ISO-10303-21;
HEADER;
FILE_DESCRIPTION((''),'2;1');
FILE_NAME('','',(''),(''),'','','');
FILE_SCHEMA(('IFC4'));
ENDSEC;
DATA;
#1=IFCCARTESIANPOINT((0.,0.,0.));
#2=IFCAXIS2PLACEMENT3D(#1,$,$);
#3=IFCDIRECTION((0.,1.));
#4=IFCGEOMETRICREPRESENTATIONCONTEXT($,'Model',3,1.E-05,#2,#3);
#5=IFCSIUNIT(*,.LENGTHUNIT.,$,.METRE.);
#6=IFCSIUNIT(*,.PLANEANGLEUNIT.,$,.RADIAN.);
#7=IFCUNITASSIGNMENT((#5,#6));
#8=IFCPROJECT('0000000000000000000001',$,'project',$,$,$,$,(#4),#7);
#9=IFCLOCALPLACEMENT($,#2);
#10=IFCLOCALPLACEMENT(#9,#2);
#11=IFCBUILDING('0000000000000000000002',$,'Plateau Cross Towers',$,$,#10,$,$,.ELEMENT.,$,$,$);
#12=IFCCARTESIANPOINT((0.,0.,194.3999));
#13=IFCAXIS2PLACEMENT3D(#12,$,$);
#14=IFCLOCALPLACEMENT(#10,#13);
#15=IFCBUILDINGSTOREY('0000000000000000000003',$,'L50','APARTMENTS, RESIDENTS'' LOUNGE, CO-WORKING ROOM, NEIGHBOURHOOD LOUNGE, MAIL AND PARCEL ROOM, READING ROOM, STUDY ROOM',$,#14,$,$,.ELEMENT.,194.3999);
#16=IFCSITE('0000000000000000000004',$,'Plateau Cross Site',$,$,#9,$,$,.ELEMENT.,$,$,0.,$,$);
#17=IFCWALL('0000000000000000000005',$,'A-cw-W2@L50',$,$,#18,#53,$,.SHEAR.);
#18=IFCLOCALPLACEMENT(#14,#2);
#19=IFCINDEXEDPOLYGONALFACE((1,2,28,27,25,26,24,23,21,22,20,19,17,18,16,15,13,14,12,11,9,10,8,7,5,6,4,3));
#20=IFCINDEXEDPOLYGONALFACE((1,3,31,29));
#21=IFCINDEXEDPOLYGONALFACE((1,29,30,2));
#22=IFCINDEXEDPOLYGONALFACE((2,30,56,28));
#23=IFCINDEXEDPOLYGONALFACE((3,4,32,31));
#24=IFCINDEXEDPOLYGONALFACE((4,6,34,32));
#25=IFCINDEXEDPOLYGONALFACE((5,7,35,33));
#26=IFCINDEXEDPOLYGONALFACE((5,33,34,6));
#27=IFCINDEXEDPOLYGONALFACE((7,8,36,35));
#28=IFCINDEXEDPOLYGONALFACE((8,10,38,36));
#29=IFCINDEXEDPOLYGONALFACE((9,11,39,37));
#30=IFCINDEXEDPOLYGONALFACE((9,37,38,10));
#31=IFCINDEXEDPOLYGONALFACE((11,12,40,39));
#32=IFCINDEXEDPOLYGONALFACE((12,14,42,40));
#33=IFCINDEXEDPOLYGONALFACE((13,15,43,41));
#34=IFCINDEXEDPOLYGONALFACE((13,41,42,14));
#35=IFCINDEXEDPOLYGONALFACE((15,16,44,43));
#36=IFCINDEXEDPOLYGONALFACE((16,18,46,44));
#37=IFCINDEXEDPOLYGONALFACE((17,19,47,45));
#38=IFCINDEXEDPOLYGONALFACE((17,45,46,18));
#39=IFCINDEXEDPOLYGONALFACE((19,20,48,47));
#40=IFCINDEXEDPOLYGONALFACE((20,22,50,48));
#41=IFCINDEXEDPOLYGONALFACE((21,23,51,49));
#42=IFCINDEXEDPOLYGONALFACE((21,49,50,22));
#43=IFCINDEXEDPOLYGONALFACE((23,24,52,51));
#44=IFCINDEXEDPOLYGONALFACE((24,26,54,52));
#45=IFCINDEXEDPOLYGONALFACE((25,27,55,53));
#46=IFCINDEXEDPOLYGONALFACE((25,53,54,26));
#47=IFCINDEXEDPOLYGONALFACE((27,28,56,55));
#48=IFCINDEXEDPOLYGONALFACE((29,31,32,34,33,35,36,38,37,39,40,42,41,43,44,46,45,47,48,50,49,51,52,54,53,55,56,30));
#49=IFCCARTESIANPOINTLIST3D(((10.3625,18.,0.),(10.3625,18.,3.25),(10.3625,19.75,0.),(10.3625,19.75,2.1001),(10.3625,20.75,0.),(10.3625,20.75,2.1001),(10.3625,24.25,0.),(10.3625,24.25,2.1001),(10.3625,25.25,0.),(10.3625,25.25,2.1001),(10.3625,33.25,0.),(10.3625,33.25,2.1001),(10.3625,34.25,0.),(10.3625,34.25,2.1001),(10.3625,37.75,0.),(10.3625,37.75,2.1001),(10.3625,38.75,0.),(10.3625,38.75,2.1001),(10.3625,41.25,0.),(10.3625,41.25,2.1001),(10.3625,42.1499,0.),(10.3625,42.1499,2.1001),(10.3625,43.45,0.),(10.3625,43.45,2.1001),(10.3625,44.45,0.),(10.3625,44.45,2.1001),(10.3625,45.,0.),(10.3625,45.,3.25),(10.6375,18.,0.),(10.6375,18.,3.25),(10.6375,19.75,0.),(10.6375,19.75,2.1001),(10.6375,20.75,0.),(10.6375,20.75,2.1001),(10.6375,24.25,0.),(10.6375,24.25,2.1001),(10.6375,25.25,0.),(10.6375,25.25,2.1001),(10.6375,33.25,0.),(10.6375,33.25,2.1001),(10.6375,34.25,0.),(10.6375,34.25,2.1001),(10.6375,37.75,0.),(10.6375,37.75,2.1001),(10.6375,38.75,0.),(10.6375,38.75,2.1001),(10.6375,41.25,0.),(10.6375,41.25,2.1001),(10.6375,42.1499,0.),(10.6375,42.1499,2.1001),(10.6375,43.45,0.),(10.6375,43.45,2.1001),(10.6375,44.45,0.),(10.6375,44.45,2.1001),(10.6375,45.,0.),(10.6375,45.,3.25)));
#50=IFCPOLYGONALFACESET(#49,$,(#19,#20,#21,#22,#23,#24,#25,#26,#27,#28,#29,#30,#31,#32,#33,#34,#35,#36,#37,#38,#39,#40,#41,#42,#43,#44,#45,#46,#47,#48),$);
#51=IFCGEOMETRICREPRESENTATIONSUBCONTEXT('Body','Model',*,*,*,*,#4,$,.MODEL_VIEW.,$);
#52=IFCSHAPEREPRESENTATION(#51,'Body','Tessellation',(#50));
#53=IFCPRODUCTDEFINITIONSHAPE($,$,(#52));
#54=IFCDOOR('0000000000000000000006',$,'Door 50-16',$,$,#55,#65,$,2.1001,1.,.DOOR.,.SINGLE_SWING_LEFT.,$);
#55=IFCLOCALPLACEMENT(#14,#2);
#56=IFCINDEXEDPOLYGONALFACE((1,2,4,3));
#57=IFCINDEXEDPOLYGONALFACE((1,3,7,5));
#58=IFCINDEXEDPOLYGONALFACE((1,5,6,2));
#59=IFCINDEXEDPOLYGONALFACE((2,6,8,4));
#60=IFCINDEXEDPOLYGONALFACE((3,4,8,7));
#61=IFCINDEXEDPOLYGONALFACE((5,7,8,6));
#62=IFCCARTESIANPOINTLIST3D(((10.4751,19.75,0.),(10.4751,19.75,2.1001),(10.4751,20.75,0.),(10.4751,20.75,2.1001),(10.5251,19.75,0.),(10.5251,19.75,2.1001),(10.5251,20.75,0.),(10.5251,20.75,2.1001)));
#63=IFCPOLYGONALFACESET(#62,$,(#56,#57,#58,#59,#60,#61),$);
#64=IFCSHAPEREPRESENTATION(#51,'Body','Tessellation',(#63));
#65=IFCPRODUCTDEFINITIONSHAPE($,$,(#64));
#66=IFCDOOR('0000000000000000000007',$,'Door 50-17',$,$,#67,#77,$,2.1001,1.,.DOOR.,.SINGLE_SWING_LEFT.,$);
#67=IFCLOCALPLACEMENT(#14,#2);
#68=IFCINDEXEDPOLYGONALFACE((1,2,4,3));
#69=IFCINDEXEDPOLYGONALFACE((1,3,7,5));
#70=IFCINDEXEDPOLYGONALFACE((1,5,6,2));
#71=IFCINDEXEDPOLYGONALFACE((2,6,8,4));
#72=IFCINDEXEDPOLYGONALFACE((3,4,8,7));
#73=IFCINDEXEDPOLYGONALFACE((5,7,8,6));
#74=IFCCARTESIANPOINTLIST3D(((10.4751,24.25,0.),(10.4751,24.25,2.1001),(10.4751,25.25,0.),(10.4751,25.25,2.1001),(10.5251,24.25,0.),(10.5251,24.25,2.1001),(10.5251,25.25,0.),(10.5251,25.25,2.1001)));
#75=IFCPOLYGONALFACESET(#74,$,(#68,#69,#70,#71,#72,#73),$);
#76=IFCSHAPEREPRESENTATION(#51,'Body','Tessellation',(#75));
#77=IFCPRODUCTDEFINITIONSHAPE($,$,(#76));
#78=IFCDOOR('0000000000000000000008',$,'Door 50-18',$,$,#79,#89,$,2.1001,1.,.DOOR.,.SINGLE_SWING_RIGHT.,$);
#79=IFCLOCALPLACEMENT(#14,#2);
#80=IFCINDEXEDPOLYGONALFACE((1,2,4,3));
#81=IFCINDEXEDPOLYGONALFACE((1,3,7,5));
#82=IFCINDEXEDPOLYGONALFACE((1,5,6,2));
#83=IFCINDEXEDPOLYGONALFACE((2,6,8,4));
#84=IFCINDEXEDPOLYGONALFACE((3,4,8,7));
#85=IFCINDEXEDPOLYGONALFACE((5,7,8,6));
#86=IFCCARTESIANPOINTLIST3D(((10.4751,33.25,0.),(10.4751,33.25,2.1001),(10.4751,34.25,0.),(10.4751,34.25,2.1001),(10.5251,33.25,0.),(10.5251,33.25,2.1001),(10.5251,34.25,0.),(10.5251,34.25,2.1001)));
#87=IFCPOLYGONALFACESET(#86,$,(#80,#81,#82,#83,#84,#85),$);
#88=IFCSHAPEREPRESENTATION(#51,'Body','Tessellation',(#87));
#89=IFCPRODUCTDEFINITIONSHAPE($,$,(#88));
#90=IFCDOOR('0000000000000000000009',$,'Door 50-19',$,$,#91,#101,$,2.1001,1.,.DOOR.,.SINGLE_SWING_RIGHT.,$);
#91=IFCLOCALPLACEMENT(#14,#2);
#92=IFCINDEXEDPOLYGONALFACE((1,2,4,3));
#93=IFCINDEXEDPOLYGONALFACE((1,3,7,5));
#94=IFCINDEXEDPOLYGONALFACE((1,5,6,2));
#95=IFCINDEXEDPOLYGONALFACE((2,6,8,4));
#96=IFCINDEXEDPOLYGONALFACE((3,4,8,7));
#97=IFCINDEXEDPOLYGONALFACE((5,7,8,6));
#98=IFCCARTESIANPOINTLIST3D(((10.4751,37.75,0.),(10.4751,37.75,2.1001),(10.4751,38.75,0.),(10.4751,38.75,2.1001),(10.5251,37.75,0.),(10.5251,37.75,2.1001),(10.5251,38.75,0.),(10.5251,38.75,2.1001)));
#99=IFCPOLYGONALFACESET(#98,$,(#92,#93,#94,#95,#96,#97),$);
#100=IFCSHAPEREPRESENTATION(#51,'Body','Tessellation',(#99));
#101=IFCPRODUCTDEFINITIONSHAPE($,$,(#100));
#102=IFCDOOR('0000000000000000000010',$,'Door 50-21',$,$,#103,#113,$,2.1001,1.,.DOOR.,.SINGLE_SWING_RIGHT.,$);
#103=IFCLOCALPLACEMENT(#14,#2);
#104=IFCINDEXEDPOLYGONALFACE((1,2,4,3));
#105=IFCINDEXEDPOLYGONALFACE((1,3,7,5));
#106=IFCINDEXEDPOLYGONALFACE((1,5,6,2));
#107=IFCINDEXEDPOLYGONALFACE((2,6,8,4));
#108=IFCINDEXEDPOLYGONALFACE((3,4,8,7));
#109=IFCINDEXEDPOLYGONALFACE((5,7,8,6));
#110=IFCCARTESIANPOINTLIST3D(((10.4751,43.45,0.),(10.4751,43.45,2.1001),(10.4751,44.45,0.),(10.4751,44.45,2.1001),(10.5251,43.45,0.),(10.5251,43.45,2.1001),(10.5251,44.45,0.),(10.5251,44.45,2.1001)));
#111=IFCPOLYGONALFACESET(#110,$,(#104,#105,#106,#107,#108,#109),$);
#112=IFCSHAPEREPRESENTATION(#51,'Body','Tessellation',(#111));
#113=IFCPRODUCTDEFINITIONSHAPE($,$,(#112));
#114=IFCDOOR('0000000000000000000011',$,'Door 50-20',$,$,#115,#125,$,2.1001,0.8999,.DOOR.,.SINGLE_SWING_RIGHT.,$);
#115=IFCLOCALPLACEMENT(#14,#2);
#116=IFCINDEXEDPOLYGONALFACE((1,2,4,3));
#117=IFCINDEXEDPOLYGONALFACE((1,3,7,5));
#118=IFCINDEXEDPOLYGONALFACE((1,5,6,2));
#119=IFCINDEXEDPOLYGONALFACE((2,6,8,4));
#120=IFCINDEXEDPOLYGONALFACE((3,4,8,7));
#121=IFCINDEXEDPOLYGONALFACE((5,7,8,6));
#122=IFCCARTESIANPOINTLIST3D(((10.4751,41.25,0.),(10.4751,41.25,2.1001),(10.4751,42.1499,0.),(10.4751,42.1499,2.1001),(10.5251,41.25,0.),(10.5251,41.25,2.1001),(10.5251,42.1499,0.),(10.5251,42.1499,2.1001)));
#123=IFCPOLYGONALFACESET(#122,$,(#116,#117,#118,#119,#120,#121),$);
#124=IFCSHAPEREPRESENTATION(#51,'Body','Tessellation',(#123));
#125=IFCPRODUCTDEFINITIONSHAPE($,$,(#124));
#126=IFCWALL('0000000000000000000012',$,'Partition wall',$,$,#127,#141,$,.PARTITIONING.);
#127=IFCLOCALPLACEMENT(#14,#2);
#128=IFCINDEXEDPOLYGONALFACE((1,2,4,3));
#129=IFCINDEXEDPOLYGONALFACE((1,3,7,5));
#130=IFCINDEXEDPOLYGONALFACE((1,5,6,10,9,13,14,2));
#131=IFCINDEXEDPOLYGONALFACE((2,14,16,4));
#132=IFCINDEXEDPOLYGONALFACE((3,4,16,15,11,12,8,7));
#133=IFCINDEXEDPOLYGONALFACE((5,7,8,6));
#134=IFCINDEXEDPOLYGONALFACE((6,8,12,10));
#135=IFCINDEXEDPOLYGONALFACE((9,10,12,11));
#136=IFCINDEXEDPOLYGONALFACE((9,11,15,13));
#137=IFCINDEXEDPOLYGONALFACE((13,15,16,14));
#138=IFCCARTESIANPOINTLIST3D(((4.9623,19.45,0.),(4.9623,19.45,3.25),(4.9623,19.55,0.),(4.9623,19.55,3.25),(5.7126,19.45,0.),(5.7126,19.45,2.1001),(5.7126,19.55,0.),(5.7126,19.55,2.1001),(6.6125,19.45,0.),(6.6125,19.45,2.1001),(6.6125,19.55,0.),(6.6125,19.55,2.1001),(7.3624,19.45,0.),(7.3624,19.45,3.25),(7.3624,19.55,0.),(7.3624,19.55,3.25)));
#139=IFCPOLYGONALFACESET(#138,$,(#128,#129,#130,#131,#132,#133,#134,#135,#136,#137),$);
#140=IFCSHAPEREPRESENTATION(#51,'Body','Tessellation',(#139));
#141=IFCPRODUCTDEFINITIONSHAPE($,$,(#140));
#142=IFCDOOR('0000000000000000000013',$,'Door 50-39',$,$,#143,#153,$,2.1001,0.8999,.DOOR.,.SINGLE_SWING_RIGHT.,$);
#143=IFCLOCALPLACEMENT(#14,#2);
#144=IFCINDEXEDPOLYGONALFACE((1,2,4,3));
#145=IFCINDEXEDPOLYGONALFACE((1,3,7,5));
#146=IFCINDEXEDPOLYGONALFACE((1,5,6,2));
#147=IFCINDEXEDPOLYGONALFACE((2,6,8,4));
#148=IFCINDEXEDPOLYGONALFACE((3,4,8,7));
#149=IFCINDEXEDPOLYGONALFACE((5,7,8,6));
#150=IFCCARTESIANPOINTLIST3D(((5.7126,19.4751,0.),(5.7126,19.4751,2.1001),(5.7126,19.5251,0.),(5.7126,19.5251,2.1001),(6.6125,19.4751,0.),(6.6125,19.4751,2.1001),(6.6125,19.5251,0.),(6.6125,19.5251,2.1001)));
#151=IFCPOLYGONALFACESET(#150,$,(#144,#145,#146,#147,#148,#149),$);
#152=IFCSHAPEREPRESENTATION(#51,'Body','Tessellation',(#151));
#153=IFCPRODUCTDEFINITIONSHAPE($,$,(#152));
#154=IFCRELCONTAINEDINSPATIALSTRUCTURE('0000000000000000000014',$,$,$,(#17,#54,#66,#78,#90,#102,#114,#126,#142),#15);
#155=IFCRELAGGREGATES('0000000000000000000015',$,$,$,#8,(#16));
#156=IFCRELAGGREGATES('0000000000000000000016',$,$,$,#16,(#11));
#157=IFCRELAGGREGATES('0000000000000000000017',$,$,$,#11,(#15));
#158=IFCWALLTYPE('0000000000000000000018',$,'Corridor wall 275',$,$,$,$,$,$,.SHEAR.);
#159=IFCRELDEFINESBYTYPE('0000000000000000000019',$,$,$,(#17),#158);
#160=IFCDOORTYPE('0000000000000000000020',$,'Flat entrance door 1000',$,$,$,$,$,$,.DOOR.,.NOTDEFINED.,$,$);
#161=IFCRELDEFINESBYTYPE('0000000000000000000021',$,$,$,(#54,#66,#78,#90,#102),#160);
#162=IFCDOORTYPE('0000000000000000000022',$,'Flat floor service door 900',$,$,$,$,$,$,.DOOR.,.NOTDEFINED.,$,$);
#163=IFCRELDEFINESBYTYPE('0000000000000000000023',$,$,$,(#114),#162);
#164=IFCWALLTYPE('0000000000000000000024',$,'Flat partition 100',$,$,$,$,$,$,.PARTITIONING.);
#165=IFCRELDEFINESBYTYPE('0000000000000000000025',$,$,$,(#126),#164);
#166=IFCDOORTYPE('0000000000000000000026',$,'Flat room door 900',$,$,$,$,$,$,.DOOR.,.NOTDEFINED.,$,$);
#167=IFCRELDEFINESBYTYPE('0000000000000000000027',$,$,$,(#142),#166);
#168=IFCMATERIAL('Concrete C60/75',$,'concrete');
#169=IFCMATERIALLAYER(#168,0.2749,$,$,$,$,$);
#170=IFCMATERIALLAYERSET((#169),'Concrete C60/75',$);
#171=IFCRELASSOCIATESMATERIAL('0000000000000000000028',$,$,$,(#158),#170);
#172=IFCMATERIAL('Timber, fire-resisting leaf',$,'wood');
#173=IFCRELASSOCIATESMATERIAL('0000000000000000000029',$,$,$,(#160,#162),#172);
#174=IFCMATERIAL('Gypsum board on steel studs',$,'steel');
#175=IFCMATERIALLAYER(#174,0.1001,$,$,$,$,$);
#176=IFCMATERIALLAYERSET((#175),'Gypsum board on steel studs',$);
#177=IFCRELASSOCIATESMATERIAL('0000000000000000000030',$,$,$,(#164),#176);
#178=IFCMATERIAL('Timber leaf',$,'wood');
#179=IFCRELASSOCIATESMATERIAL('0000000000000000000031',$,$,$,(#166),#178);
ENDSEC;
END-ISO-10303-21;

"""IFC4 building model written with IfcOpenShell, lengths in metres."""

from ifc_helpers import new_model, si_unit, direction, frame, frame_2d, origin, place, context, subcontext, project, spatial, rectangle, extrude, material, layer, layer_set, type_object, element, fill, save


model = new_model("IFC4")

# Units and contexts
model_context = context("Model", 3, precision=1e-05, world=origin(), true_north=direction((0.0, 1.0)))
body_context = subcontext(model_context, "Body", "Model", "MODEL_VIEW")
ifc_project = project(units=[si_unit("LENGTHUNIT", "METRE"), si_unit("PLANEANGLEUNIT", "RADIAN")], contexts=[model_context])

# Site, building, storey
site_placement = place(None, origin())
site = spatial("IfcSite", under=ifc_project, at=site_placement, Name="Plateau Cross Site", CompositionType="ELEMENT", RefElevation=0.0)
building_placement = place(site_placement, origin())
building = spatial("IfcBuilding", under=site, at=building_placement, Name="Plateau Cross Towers", CompositionType="ELEMENT")
storey_placement = place(building_placement, frame((0.0, 0.0, 194.3999)))
storey = spatial("IfcBuildingStorey", under=building, at=storey_placement, Name="L50", Description="APARTMENTS, RESIDENTS' LOUNGE, CO-WORKING ROOM, NEIGHBOURHOOD LOUNGE, MAIL AND PARCEL ROOM, READING ROOM, STUDY ROOM", CompositionType="ELEMENT", Elevation=194.3999)

# Wall, openings, doors
ifc_material_1 = material(Name="Concrete C60/75", Category="concrete")
ifc_layer_1 = layer(ifc_material_1, 0.2749)
ifc_layer_set_1 = layer_set([ifc_layer_1], Name="Concrete C60/75")
wall_type_1 = type_object("IfcWallType", Name="Corridor wall 275", PredefinedType="SHEAR", material=ifc_layer_set_1)
ifc_material_2 = material(Name="Timber, fire-resisting leaf", Category="wood")
door_type_1 = type_object("IfcDoorType", Name="Flat entrance door 1000", OperationType="NOTDEFINED", PredefinedType="DOOR", material=ifc_material_2)
wall_1_placement = place(storey_placement, frame((10.5, 18.0, 0.0), z_axis=(0.0, 0.0, 1.0), x_axis=(0.0, 1.0, 0.0)))
wall_1 = element("IfcWall", 1, at=wall_1_placement, inside=storey, type_object=wall_type_1, Name="A-cw-W2@L50", PredefinedType="SHEAR", context=body_context, shape_type="SweptSolid", body=[
    extrude(rectangle(XDim=27.0, YDim=0.2749, at=frame_2d((13.5, 0.0))), origin(), (0.0, 0.0, 1.0), 3.25),
])
opening_1_placement = place(wall_1_placement, frame((1.75, 0.0, 0.0)))
opening_1 = element("IfcOpeningElement", 2, at=opening_1_placement, cuts=wall_1, PredefinedType="OPENING", context=body_context, shape_type="SweptSolid", body=[
    extrude(rectangle(XDim=1.0, YDim=2.1001, at=frame_2d((0.5, 1.05))), frame((0.0, 0.1475, 0.0), z_axis=(0.0, -1.0, 0.0), x_axis=(1.0, 0.0, 0.0)), (0.0, 0.0, 1.0), 0.2949),
])
opening_2_placement = place(wall_1_placement, frame((6.25, 0.0, 0.0)))
opening_2 = element("IfcOpeningElement", 3, at=opening_2_placement, cuts=wall_1, PredefinedType="OPENING", context=body_context, shape_type="SweptSolid", body=[
    extrude(rectangle(XDim=1.0, YDim=2.1001, at=frame_2d((0.5, 1.05))), frame((0.0, 0.1475, 0.0), z_axis=(0.0, -1.0, 0.0), x_axis=(1.0, 0.0, 0.0)), (0.0, 0.0, 1.0), 0.2949),
])
opening_3_placement = place(wall_1_placement, frame((15.25, 0.0, 0.0)))
opening_3 = element("IfcOpeningElement", 4, at=opening_3_placement, cuts=wall_1, PredefinedType="OPENING", context=body_context, shape_type="SweptSolid", body=[
    extrude(rectangle(XDim=1.0, YDim=2.1001, at=frame_2d((0.5, 1.05))), frame((0.0, 0.1475, 0.0), z_axis=(0.0, -1.0, 0.0), x_axis=(1.0, 0.0, 0.0)), (0.0, 0.0, 1.0), 0.2949),
])
opening_4_placement = place(wall_1_placement, frame((19.75, 0.0, 0.0)))
opening_4 = element("IfcOpeningElement", 5, at=opening_4_placement, cuts=wall_1, PredefinedType="OPENING", context=body_context, shape_type="SweptSolid", body=[
    extrude(rectangle(XDim=1.0, YDim=2.1001, at=frame_2d((0.5, 1.05))), frame((0.0, 0.1475, 0.0), z_axis=(0.0, -1.0, 0.0), x_axis=(1.0, 0.0, 0.0)), (0.0, 0.0, 1.0), 0.2949),
])
opening_5_placement = place(wall_1_placement, frame((23.25, 0.0, 0.0)))
opening_5 = element("IfcOpeningElement", 6, at=opening_5_placement, cuts=wall_1, PredefinedType="OPENING", context=body_context, shape_type="SweptSolid", body=[
    extrude(rectangle(XDim=0.8999, YDim=2.1001, at=frame_2d((0.45, 1.05))), frame((0.0, 0.1475, 0.0), z_axis=(0.0, -1.0, 0.0), x_axis=(1.0, 0.0, 0.0)), (0.0, 0.0, 1.0), 0.2949),
])
opening_6_placement = place(wall_1_placement, frame((25.45, 0.0, 0.0)))
opening_6 = element("IfcOpeningElement", 7, at=opening_6_placement, cuts=wall_1, PredefinedType="OPENING", context=body_context, shape_type="SweptSolid", body=[
    extrude(rectangle(XDim=1.0, YDim=2.1001, at=frame_2d((0.5, 1.05))), frame((0.0, 0.1475, 0.0), z_axis=(0.0, -1.0, 0.0), x_axis=(1.0, 0.0, 0.0)), (0.0, 0.0, 1.0), 0.2949),
])
door_1_placement = place(opening_1_placement, origin())
door_1 = element("IfcDoor", 8, at=door_1_placement, inside=storey, type_object=door_type_1, Name="Door 50-16", OperationType="SINGLE_SWING_LEFT", OverallHeight=2.1001, OverallWidth=1.0, PredefinedType="DOOR", context=body_context, shape_type="SweptSolid", body=[
    extrude(rectangle(XDim=1.0, YDim=2.1001, at=frame_2d((0.5, 1.05))), frame((0.0, 0.0249, 0.0), z_axis=(0.0, -1.0, 0.0), x_axis=(1.0, 0.0, 0.0)), (0.0, 0.0, 1.0), 0.05),
])
fill(opening_1, door_1)
door_2_placement = place(opening_2_placement, origin())
door_2 = element("IfcDoor", 9, at=door_2_placement, inside=storey, type_object=door_type_1, Name="Door 50-17", OperationType="SINGLE_SWING_LEFT", OverallHeight=2.1001, OverallWidth=1.0, PredefinedType="DOOR", context=body_context, shape_type="SweptSolid", body=[
    extrude(rectangle(XDim=1.0, YDim=2.1001, at=frame_2d((0.5, 1.05))), frame((0.0, 0.0249, 0.0), z_axis=(0.0, -1.0, 0.0), x_axis=(1.0, 0.0, 0.0)), (0.0, 0.0, 1.0), 0.05),
])
fill(opening_2, door_2)
door_3_placement = place(opening_3_placement, origin())
door_3 = element("IfcDoor", 10, at=door_3_placement, inside=storey, type_object=door_type_1, Name="Door 50-18", OperationType="SINGLE_SWING_RIGHT", OverallHeight=2.1001, OverallWidth=1.0, PredefinedType="DOOR", context=body_context, shape_type="SweptSolid", body=[
    extrude(rectangle(XDim=1.0, YDim=2.1001, at=frame_2d((0.5, 1.05))), frame((0.0, 0.0249, 0.0), z_axis=(0.0, -1.0, 0.0), x_axis=(1.0, 0.0, 0.0)), (0.0, 0.0, 1.0), 0.05),
])
fill(opening_3, door_3)
door_4_placement = place(opening_4_placement, origin())
door_4 = element("IfcDoor", 11, at=door_4_placement, inside=storey, type_object=door_type_1, Name="Door 50-19", OperationType="SINGLE_SWING_RIGHT", OverallHeight=2.1001, OverallWidth=1.0, PredefinedType="DOOR", context=body_context, shape_type="SweptSolid", body=[
    extrude(rectangle(XDim=1.0, YDim=2.1001, at=frame_2d((0.5, 1.05))), frame((0.0, 0.0249, 0.0), z_axis=(0.0, -1.0, 0.0), x_axis=(1.0, 0.0, 0.0)), (0.0, 0.0, 1.0), 0.05),
])
fill(opening_4, door_4)
door_5_placement = place(opening_6_placement, origin())
door_5 = element("IfcDoor", 12, at=door_5_placement, inside=storey, type_object=door_type_1, Name="Door 50-21", OperationType="SINGLE_SWING_RIGHT", OverallHeight=2.1001, OverallWidth=1.0, PredefinedType="DOOR", context=body_context, shape_type="SweptSolid", body=[
    extrude(rectangle(XDim=1.0, YDim=2.1001, at=frame_2d((0.5, 1.05))), frame((0.0, 0.0249, 0.0), z_axis=(0.0, -1.0, 0.0), x_axis=(1.0, 0.0, 0.0)), (0.0, 0.0, 1.0), 0.05),
])
fill(opening_6, door_5)
door_type_2 = type_object("IfcDoorType", Name="Flat floor service door 900", OperationType="NOTDEFINED", PredefinedType="DOOR", material=ifc_material_2)
door_6_placement = place(opening_5_placement, origin())
door_6 = element("IfcDoor", 13, at=door_6_placement, inside=storey, type_object=door_type_2, Name="Door 50-20", OperationType="SINGLE_SWING_RIGHT", OverallHeight=2.1001, OverallWidth=0.8999, PredefinedType="DOOR", context=body_context, shape_type="SweptSolid", body=[
    extrude(rectangle(XDim=0.8999, YDim=2.1001, at=frame_2d((0.45, 1.05))), frame((0.0, 0.0249, 0.0), z_axis=(0.0, -1.0, 0.0), x_axis=(1.0, 0.0, 0.0)), (0.0, 0.0, 1.0), 0.05),
])
fill(opening_5, door_6)

# Wall, opening, door
ifc_material_3 = material(Name="Gypsum board on steel studs", Category="steel")
ifc_layer_2 = layer(ifc_material_3, 0.1001)
ifc_layer_set_2 = layer_set([ifc_layer_2], Name="Gypsum board on steel studs")
wall_type_2 = type_object("IfcWallType", Name="Flat partition 100", PredefinedType="PARTITIONING", material=ifc_layer_set_2)
wall_2_placement = place(storey_placement, frame((7.3625, 19.5, 0.0), z_axis=(0.0, 0.0, 1.0), x_axis=(-1.0, 0.0, 0.0)))
wall_2 = element("IfcWall", 14, at=wall_2_placement, inside=storey, type_object=wall_type_2, Name="Partition wall", PredefinedType="PARTITIONING", context=body_context, shape_type="SweptSolid", body=[
    extrude(rectangle(XDim=2.4001, YDim=0.1001, at=frame_2d((1.2002, 0.0))), origin(), (0.0, 0.0, 1.0), 3.25),
])
opening_7_placement = place(wall_2_placement, frame((0.75, 0.0, 0.0)))
opening_7 = element("IfcOpeningElement", 15, at=opening_7_placement, cuts=wall_2, PredefinedType="OPENING", context=body_context, shape_type="SweptSolid", body=[
    extrude(rectangle(XDim=0.8999, YDim=2.1001, at=frame_2d((0.45, 1.05))), frame((0.0, 0.0601, 0.0), z_axis=(0.0, -1.0, 0.0), x_axis=(1.0, 0.0, 0.0)), (0.0, 0.0, 1.0), 0.1201),
])
ifc_material_4 = material(Name="Timber leaf", Category="wood")
door_type_3 = type_object("IfcDoorType", Name="Flat room door 900", OperationType="NOTDEFINED", PredefinedType="DOOR", material=ifc_material_4)
door_7_placement = place(opening_7_placement, origin())
door_7 = element("IfcDoor", 16, at=door_7_placement, inside=storey, type_object=door_type_3, Name="Door 50-39", OperationType="SINGLE_SWING_RIGHT", OverallHeight=2.1001, OverallWidth=0.8999, PredefinedType="DOOR", context=body_context, shape_type="SweptSolid", body=[
    extrude(rectangle(XDim=0.8999, YDim=2.1001, at=frame_2d((0.45, 1.05))), frame((0.0, 0.0249, 0.0), z_axis=(0.0, -1.0, 0.0), x_axis=(1.0, 0.0, 0.0)), (0.0, 0.0, 1.0), 0.05),
])
fill(opening_7, door_7)

save(model, "model.ifc")
